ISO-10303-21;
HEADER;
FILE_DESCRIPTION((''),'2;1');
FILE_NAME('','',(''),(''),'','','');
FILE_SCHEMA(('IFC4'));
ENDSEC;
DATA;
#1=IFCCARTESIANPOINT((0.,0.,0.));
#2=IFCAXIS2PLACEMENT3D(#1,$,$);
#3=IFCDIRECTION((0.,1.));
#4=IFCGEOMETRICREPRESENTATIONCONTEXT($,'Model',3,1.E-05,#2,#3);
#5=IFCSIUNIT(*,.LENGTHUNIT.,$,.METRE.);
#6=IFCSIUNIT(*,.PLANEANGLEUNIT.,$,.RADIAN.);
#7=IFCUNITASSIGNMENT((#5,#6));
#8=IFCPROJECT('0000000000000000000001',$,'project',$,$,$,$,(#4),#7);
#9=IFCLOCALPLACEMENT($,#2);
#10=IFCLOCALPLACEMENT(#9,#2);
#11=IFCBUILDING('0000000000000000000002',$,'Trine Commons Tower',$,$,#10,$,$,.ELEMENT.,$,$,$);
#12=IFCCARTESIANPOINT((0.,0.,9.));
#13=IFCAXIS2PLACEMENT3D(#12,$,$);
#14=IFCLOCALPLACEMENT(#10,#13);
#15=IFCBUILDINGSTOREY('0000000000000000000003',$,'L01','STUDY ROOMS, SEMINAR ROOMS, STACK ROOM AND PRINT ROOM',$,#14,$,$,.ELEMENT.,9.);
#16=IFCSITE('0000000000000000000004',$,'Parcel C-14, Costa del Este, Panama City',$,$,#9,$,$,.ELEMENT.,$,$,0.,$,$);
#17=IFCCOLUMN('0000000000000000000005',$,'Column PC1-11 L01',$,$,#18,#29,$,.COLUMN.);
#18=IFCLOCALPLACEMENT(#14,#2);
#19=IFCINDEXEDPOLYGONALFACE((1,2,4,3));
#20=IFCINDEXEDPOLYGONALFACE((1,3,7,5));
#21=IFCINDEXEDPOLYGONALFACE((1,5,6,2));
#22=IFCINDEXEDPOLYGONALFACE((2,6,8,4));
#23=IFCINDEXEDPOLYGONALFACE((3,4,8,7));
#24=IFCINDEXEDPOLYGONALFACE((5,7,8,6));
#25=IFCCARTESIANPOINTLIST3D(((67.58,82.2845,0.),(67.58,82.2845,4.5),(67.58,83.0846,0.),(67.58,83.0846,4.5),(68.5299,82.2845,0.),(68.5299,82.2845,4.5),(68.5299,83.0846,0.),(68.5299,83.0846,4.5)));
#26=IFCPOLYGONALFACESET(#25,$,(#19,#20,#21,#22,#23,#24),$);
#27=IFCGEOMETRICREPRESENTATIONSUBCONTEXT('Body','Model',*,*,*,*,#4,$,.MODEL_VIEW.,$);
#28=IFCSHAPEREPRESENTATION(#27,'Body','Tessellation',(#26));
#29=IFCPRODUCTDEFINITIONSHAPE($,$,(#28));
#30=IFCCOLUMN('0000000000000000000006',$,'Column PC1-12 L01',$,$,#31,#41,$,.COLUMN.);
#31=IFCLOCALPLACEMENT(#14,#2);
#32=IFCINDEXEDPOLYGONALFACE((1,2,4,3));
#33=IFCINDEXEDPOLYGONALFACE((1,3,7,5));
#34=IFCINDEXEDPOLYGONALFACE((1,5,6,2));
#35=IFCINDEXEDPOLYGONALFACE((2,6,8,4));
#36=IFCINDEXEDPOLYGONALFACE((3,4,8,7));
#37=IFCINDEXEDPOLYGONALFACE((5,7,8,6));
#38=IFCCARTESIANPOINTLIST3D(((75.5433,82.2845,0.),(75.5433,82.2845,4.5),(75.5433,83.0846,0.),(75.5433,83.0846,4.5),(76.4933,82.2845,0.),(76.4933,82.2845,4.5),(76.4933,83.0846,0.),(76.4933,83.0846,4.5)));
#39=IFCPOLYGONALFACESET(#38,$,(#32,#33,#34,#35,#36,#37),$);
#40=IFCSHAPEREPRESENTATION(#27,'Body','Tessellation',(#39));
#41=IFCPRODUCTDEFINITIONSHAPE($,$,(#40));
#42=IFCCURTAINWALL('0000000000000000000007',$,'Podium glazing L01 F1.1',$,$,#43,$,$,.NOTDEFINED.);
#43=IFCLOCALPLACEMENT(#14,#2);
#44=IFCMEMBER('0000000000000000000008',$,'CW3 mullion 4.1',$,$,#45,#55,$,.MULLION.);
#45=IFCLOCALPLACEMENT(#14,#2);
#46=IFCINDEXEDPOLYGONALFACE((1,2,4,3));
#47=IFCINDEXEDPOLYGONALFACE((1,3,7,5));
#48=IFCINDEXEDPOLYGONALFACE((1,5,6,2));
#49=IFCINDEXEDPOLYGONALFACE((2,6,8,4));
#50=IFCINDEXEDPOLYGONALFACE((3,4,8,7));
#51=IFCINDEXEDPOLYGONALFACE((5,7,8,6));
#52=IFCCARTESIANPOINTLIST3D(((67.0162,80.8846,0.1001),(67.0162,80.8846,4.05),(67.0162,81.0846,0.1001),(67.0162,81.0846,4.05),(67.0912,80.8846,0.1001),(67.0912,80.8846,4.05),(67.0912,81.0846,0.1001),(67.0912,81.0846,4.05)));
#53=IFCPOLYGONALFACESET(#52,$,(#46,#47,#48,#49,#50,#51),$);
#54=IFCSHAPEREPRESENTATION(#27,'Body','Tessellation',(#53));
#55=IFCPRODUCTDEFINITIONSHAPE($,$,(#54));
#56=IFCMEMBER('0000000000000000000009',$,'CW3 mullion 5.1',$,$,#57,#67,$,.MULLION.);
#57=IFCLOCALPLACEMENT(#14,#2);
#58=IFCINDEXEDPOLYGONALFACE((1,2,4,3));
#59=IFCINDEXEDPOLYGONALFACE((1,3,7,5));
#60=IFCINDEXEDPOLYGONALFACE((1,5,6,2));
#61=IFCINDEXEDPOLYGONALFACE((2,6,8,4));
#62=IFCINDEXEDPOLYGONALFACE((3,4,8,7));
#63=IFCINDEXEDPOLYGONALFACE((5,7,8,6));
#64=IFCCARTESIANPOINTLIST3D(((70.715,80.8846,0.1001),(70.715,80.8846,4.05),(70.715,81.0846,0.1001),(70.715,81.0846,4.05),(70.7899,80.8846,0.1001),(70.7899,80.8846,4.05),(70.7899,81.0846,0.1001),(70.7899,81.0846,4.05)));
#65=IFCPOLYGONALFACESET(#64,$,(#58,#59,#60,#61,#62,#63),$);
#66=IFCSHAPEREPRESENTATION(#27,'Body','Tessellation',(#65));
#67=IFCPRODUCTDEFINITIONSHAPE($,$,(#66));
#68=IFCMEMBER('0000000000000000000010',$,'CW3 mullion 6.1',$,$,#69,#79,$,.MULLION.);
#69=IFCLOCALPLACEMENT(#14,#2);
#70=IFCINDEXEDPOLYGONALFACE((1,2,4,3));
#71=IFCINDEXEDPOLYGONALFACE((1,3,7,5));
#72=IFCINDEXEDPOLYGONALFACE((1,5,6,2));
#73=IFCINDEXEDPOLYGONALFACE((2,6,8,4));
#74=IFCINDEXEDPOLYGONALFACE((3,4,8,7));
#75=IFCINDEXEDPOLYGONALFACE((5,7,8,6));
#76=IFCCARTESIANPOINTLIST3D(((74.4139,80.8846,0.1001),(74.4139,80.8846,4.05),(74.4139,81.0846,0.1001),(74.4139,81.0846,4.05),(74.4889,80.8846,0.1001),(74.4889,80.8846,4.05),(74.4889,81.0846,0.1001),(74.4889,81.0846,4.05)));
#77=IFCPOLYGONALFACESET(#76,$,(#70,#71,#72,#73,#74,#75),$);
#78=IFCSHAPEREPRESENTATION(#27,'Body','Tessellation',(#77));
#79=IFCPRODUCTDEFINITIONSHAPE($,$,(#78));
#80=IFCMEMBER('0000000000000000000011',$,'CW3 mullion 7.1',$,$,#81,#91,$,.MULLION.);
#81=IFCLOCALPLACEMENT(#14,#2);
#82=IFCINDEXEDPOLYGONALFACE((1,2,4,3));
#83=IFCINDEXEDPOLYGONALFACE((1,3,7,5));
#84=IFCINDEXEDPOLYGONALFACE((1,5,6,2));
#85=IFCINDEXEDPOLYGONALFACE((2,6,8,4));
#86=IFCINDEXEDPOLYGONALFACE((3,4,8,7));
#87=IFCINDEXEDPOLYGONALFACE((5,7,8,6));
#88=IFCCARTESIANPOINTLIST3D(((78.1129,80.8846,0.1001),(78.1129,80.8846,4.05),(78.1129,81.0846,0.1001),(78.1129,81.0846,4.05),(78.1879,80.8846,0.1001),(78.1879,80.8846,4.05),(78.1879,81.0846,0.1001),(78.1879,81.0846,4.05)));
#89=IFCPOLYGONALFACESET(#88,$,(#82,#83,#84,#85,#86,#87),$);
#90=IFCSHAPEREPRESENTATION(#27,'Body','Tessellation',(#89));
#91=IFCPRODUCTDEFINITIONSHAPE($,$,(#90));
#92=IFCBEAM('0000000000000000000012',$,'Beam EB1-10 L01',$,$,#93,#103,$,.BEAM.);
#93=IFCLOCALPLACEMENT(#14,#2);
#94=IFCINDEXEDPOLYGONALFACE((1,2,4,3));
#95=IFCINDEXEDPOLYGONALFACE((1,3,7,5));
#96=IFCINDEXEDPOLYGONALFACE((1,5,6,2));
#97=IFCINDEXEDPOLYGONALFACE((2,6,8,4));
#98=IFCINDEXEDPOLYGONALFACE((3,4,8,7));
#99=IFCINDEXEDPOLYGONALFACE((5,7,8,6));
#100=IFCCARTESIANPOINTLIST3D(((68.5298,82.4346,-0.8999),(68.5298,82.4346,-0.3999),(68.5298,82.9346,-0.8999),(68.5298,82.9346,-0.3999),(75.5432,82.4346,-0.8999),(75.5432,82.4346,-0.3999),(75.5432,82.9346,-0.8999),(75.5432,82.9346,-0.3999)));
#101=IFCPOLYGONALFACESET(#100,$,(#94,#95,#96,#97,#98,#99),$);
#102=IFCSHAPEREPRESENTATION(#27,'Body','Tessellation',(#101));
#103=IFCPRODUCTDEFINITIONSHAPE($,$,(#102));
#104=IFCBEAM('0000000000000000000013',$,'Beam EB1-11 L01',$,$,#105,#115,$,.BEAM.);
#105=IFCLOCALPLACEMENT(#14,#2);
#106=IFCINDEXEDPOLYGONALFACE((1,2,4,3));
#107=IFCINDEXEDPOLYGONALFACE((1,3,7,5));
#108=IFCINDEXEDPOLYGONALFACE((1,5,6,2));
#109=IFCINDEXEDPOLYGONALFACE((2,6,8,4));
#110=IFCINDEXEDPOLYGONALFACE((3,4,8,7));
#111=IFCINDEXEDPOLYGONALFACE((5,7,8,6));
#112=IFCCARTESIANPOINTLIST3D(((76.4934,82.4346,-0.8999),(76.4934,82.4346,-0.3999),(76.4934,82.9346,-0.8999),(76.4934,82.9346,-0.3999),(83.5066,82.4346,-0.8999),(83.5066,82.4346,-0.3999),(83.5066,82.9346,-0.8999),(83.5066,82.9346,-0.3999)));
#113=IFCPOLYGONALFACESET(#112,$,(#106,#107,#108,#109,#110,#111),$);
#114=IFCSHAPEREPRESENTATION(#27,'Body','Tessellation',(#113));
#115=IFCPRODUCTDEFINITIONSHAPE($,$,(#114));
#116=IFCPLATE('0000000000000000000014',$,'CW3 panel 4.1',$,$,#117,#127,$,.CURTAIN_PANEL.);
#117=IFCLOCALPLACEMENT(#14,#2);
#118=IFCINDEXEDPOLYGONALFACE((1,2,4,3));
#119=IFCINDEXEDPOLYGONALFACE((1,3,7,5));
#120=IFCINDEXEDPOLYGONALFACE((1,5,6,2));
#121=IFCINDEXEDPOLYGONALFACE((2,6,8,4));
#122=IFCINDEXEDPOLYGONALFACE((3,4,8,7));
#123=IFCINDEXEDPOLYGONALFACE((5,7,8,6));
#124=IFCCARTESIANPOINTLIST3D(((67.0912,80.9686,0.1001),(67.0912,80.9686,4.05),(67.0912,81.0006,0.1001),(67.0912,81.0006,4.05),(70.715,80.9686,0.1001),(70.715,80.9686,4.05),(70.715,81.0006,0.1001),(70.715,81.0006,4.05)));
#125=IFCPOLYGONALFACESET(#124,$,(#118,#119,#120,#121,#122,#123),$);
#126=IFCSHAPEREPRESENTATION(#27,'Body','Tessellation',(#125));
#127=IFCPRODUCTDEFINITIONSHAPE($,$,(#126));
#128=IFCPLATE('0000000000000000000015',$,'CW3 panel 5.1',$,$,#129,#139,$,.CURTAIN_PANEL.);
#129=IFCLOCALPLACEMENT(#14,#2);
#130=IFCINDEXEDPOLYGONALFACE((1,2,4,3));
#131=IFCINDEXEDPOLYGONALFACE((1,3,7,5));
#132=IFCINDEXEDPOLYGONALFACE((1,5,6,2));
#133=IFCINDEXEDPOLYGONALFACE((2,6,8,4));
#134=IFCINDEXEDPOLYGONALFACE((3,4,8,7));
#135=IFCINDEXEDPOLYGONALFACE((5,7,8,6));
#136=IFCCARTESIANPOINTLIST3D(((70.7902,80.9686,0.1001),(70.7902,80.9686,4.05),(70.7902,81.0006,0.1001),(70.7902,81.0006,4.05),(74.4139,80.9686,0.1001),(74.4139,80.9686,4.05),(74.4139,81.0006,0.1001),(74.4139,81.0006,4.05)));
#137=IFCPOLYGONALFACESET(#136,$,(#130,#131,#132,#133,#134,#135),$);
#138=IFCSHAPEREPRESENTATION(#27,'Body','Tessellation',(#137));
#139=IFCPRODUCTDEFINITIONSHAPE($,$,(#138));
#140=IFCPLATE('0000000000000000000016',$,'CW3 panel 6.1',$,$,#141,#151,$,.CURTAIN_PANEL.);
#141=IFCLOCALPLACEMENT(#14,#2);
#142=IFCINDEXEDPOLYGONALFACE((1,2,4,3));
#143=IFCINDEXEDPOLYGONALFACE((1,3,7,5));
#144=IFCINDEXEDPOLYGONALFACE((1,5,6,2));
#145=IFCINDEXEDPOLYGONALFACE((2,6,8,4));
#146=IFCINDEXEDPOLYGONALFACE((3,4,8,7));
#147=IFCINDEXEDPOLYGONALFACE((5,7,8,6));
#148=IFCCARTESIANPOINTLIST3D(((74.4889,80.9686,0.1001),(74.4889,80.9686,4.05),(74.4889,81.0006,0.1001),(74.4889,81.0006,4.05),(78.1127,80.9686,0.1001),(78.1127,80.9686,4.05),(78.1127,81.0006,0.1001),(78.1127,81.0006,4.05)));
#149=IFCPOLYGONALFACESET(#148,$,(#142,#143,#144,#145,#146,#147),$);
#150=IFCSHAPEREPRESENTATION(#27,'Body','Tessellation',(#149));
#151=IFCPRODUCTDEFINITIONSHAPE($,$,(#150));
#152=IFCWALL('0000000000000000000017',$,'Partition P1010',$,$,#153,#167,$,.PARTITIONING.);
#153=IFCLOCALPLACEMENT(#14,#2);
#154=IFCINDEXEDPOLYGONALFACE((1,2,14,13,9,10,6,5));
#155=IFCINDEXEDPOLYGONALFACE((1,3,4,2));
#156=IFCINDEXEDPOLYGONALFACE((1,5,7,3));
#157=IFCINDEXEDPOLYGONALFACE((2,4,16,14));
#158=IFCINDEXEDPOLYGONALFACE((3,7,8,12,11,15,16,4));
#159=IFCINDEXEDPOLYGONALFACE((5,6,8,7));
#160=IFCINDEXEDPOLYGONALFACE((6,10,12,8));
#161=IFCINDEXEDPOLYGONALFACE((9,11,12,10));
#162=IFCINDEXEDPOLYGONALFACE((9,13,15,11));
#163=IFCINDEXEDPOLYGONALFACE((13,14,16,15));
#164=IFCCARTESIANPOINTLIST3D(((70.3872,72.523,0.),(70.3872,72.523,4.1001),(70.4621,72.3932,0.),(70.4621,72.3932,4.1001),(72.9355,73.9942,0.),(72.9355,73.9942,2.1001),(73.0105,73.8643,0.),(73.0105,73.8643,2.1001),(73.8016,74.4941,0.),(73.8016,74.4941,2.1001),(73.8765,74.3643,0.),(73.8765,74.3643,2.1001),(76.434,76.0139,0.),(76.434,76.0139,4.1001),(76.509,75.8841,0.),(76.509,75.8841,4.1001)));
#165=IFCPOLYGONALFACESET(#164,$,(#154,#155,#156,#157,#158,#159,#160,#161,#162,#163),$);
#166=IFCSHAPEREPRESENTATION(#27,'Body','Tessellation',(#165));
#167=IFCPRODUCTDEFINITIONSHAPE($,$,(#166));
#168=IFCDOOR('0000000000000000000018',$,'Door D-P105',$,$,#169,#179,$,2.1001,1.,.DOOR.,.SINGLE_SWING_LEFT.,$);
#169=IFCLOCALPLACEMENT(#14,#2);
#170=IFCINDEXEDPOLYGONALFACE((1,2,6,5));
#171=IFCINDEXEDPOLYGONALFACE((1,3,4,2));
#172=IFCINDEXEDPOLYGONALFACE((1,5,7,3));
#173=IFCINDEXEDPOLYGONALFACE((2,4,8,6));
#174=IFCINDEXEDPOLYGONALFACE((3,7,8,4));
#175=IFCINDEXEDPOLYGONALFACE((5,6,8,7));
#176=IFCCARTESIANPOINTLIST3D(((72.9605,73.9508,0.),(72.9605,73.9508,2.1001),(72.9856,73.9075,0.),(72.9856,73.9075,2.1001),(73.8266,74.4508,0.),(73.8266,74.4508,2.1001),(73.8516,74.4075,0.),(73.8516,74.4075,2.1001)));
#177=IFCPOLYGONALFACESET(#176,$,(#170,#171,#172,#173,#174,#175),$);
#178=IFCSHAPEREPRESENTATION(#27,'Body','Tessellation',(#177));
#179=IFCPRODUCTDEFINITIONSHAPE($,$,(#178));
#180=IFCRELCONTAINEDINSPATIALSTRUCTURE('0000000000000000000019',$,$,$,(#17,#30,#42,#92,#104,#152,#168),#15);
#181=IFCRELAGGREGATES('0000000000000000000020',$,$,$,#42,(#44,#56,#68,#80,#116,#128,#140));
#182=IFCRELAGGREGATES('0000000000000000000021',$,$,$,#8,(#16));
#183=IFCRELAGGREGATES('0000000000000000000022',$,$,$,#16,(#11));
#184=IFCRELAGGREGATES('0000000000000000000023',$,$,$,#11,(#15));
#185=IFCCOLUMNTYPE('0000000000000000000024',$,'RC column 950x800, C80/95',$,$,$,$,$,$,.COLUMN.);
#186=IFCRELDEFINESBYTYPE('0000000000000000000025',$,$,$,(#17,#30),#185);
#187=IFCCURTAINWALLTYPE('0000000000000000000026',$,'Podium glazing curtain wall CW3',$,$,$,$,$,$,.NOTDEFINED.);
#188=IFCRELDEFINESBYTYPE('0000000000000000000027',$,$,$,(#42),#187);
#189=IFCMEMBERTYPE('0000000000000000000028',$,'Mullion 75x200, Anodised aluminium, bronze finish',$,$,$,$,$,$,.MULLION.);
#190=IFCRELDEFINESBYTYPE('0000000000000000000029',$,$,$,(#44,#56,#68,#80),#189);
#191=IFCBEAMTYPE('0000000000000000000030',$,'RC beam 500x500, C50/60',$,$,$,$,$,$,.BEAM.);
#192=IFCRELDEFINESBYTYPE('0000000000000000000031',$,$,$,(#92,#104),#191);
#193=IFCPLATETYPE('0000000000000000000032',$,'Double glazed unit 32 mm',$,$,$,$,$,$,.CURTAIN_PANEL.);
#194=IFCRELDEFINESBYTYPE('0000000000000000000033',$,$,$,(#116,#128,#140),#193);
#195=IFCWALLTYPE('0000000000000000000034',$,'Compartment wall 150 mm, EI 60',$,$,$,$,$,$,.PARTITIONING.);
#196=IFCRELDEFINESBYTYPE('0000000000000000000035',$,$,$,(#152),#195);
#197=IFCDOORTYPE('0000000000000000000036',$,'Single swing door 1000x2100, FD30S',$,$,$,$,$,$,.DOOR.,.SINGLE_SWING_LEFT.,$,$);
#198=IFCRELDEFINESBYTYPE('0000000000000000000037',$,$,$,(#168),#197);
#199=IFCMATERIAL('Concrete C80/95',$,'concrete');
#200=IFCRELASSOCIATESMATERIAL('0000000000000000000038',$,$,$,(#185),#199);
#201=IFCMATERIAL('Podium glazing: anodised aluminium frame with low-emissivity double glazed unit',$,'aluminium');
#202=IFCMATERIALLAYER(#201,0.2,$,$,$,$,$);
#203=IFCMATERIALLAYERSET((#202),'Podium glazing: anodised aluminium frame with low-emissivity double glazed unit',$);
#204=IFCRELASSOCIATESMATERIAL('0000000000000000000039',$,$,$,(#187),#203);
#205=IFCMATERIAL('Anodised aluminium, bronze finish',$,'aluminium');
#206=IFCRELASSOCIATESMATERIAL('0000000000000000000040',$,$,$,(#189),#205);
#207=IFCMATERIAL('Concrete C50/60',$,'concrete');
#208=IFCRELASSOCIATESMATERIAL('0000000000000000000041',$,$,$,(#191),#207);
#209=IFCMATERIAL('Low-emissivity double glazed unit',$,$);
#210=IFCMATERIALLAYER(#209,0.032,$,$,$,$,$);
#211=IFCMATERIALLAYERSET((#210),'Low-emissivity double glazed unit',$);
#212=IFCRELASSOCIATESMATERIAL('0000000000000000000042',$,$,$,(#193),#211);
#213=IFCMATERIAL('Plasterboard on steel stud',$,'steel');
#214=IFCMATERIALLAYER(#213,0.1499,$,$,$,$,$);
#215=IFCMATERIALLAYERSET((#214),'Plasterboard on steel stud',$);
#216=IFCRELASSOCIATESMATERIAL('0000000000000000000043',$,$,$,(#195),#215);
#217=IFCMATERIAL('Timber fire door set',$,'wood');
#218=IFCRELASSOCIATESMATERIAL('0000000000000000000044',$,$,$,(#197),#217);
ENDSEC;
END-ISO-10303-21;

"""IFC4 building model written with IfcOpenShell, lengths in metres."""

from ifc_helpers import new_model, si_unit, direction, frame, frame_2d, origin, origin_2d, place, context, subcontext, project, spatial, rectangle, extrude, material, layer, layer_set, material_profile, profile_set, type_object, element, fill, aggregate, save


model = new_model("IFC4")

# Units and contexts
model_context = context("Model", 3, precision=1e-05, world=origin(), true_north=direction((0.0, 1.0)))
body_context = subcontext(model_context, "Body", "Model", "MODEL_VIEW")
ifc_project = project(units=[si_unit("LENGTHUNIT", "METRE"), si_unit("PLANEANGLEUNIT", "RADIAN")], contexts=[model_context])

# Site, building, storey
site_placement = place(None, origin())
site = spatial("IfcSite", under=ifc_project, at=site_placement, Name="Parcel C-14, Costa del Este, Panama City", CompositionType="ELEMENT", RefElevation=0.0)
building_placement = place(site_placement, origin())
building = spatial("IfcBuilding", under=site, at=building_placement, Name="Trine Commons Tower", CompositionType="ELEMENT")
storey_placement = place(building_placement, frame((0.0, 0.0, 9.0)))
storey = spatial("IfcBuildingStorey", under=building, at=storey_placement, Name="L01", Description="STUDY ROOMS, SEMINAR ROOMS, STACK ROOM AND PRINT ROOM", CompositionType="ELEMENT", Elevation=9.0)

# Columns
ifc_material_1 = material(Name="Concrete C80/95", Category="concrete")
ifc_material_profile_1 = material_profile(ifc_material_1, rectangle(XDim=0.95, YDim=0.8, at=origin_2d()), Name="RC 950x800")
ifc_profile_set_1 = profile_set([ifc_material_profile_1], Name="Concrete C80/95")
column_type = type_object("IfcColumnType", Name="RC column 950x800, C80/95", PredefinedType="COLUMN", material=ifc_profile_set_1)
for number, where, z_axis, x_axis, name in (
    (1, (68.0549, 82.6846, 0.0), (0.0, 0.0, 1.0), (1.0, 0.0, 0.0), "Column PC1-11 L01"),
    (2, (76.0183, 82.6846, 0.0), (0.0, 0.0, 1.0), (1.0, 0.0, 0.0), "Column PC1-12 L01"),
):
    element("IfcColumn", number, at=place(storey_placement, frame(where, z_axis=z_axis, x_axis=x_axis)), inside=storey, type_object=column_type, Name=name, PredefinedType="COLUMN", context=body_context, shape_type="SweptSolid", body=[
        extrude(rectangle(XDim=0.95, YDim=0.8, at=origin_2d()), origin(), (0.0, 0.0, 1.0), 4.5),
    ])

# Curtain wall, members
ifc_material_2 = material(Name="Podium glazing: anodised aluminium frame with low-emissivity double glazed unit", Category="aluminium")
ifc_layer_1 = layer(ifc_material_2, 0.2)
ifc_layer_set_1 = layer_set([ifc_layer_1], Name="Podium glazing: anodised aluminium frame with low-emissivity double glazed unit")
curtain_wall_type = type_object("IfcCurtainWallType", Name="Podium glazing curtain wall CW3", PredefinedType="NOTDEFINED", material=ifc_layer_set_1)
curtain_wall_placement = place(storey_placement, origin())
curtain_wall = element("IfcCurtainWall", 3, at=curtain_wall_placement, inside=storey, type_object=curtain_wall_type, Name="Podium glazing L01 F1.1", PredefinedType="NOTDEFINED")
ifc_material_3 = material(Name="Anodised aluminium, bronze finish", Category="aluminium")
ifc_material_profile_2 = material_profile(ifc_material_3, rectangle(XDim=0.2, YDim=0.075, at=origin_2d()), Name="Mullion 75x200")
ifc_profile_set_2 = profile_set([ifc_material_profile_2], Name="Anodised aluminium, bronze finish")
member_type = type_object("IfcMemberType", Name="Mullion 75x200, Anodised aluminium, bronze finish", PredefinedType="MULLION", material=ifc_profile_set_2)
member_1_placement = place(storey_placement, frame((67.0537, 80.9846, 0.1001), z_axis=(0.0, 0.0, 1.0), x_axis=(0.0, 1.0, 0.0)))
member_1 = element("IfcMember", 4, at=member_1_placement, type_object=member_type, Name="CW3 mullion 4.1", PredefinedType="MULLION", context=body_context, shape_type="SweptSolid", body=[
    extrude(rectangle(XDim=0.2, YDim=0.075, at=origin_2d()), origin(), (0.0, 0.0, 1.0), 3.95),
])
member_2_placement = place(storey_placement, frame((70.7524, 80.9846, 0.1001), z_axis=(0.0, 0.0, 1.0), x_axis=(0.0, 1.0, 0.0)))
member_2 = element("IfcMember", 5, at=member_2_placement, type_object=member_type, Name="CW3 mullion 5.1", PredefinedType="MULLION", context=body_context, shape_type="SweptSolid", body=[
    extrude(rectangle(XDim=0.2, YDim=0.075, at=origin_2d()), origin(), (0.0, 0.0, 1.0), 3.95),
])
member_3_placement = place(storey_placement, frame((74.4514, 80.9846, 0.1001), z_axis=(0.0, 0.0, 1.0), x_axis=(0.0, 1.0, 0.0)))
member_3 = element("IfcMember", 6, at=member_3_placement, type_object=member_type, Name="CW3 mullion 6.1", PredefinedType="MULLION", context=body_context, shape_type="SweptSolid", body=[
    extrude(rectangle(XDim=0.2, YDim=0.075, at=origin_2d()), origin(), (0.0, 0.0, 1.0), 3.95),
])
member_4_placement = place(storey_placement, frame((78.1504, 80.9846, 0.1001), z_axis=(0.0, 0.0, 1.0), x_axis=(0.0, 1.0, 0.0)))
member_4 = element("IfcMember", 7, at=member_4_placement, type_object=member_type, Name="CW3 mullion 7.1", PredefinedType="MULLION", context=body_context, shape_type="SweptSolid", body=[
    extrude(rectangle(XDim=0.2, YDim=0.075, at=origin_2d()), origin(), (0.0, 0.0, 1.0), 3.95),
])

# Beams
ifc_material_4 = material(Name="Concrete C50/60", Category="concrete")
ifc_material_profile_3 = material_profile(ifc_material_4, rectangle(XDim=0.5, YDim=0.5, at=origin_2d()), Name="RC 500x500")
ifc_profile_set_3 = profile_set([ifc_material_profile_3], Name="Concrete C50/60")
beam_type = type_object("IfcBeamType", Name="RC beam 500x500, C50/60", PredefinedType="BEAM", material=ifc_profile_set_3)
beam_1_placement = place(storey_placement, frame((68.5298, 82.6846, -0.6499), z_axis=(1.0, 0.0, 0.0), x_axis=(0.0, 1.0, 0.0)))
element("IfcBeam", 8, at=beam_1_placement, inside=storey, type_object=beam_type, Name="Beam EB1-10 L01", PredefinedType="BEAM", context=body_context, shape_type="SweptSolid", body=[
    extrude(rectangle(XDim=0.5, YDim=0.5, at=origin_2d()), origin(), (0.0, 0.0, 1.0), 7.0134),
])
beam_2_placement = place(storey_placement, frame((76.4934, 82.6846, -0.6499), z_axis=(1.0, 0.0, 0.0), x_axis=(0.0, 1.0, 0.0)))
element("IfcBeam", 9, at=beam_2_placement, inside=storey, type_object=beam_type, Name="Beam EB1-11 L01", PredefinedType="BEAM", context=body_context, shape_type="SweptSolid", body=[
    extrude(rectangle(XDim=0.5, YDim=0.5, at=origin_2d()), origin(), (0.0, 0.0, 1.0), 7.0132),
])

# Plates
ifc_material_5 = material(Name="Low-emissivity double glazed unit")
ifc_layer_2 = layer(ifc_material_5, 0.032)
ifc_layer_set_2 = layer_set([ifc_layer_2], Name="Low-emissivity double glazed unit")
plate_type = type_object("IfcPlateType", Name="Double glazed unit 32 mm", PredefinedType="CURTAIN_PANEL", material=ifc_layer_set_2)
plate_1_placement = place(storey_placement, frame((68.9031, 80.9846, 0.1001), z_axis=(0.0, 0.0, 1.0), x_axis=(1.0, 0.0, 0.0)))
plate_1 = element("IfcPlate", 10, at=plate_1_placement, type_object=plate_type, Name="CW3 panel 4.1", PredefinedType="CURTAIN_PANEL", context=body_context, shape_type="SweptSolid", body=[
    extrude(rectangle(XDim=3.6238, YDim=0.032, at=origin_2d()), origin(), (0.0, 0.0, 1.0), 3.95),
])
plate_2_placement = place(storey_placement, frame((72.6021, 80.9846, 0.1001), z_axis=(0.0, 0.0, 1.0), x_axis=(1.0, 0.0, 0.0)))
plate_2 = element("IfcPlate", 11, at=plate_2_placement, type_object=plate_type, Name="CW3 panel 5.1", PredefinedType="CURTAIN_PANEL", context=body_context, shape_type="SweptSolid", body=[
    extrude(rectangle(XDim=3.6238, YDim=0.032, at=origin_2d()), origin(), (0.0, 0.0, 1.0), 3.95),
])
plate_3_placement = place(storey_placement, frame((76.3008, 80.9846, 0.1001), z_axis=(0.0, 0.0, 1.0), x_axis=(1.0, 0.0, 0.0)))
plate_3 = element("IfcPlate", 12, at=plate_3_placement, type_object=plate_type, Name="CW3 panel 6.1", PredefinedType="CURTAIN_PANEL", context=body_context, shape_type="SweptSolid", body=[
    extrude(rectangle(XDim=3.6238, YDim=0.032, at=origin_2d()), origin(), (0.0, 0.0, 1.0), 3.95),
])
aggregate(curtain_wall, [member_1, member_2, member_3, member_4, plate_1, plate_2, plate_3])

# Wall, opening, door
ifc_material_6 = material(Name="Plasterboard on steel stud", Category="steel")
ifc_layer_3 = layer(ifc_material_6, 0.1499)
ifc_layer_set_3 = layer_set([ifc_layer_3], Name="Plasterboard on steel stud")
wall_type_1 = type_object("IfcWallType", Name="Compartment wall 150 mm, EI 60", PredefinedType="PARTITIONING", material=ifc_layer_set_3)
wall_1_placement = place(storey_placement, frame((70.4246, 72.458, 0.0), z_axis=(0.0, 0.0, 1.0), x_axis=(0.866038, 0.499979, 0.0)))
wall_1 = element("IfcWall", 13, at=wall_1_placement, inside=storey, type_object=wall_type_1, Name="Partition P1010", PredefinedType="PARTITIONING", context=body_context, shape_type="SweptSolid", body=[
    extrude(rectangle(XDim=6.9822, YDim=0.1499, at=frame_2d((3.4912, 0.0))), origin(), (0.0, 0.0, 1.0), 4.1001),
])
opening_1_placement = place(wall_1_placement, frame((2.9426, 0.0, 0.0)))
opening_1 = element("IfcOpeningElement", 14, at=opening_1_placement, cuts=wall_1, PredefinedType="OPENING", context=body_context, shape_type="SweptSolid", body=[
    extrude(rectangle(XDim=1.0, YDim=2.1001, at=frame_2d((0.5, 1.05))), frame((0.0, 0.085, 0.0), z_axis=(0.0, -1.0, 0.0), x_axis=(1.0, 0.0, 0.0)), (0.0, 0.0, 1.0), 0.1699),
])
ifc_material_7 = material(Name="Timber fire door set", Category="wood")
door_type_1 = type_object("IfcDoorType", Name="Single swing door 1000x2100, FD30S", OperationType="SINGLE_SWING_LEFT", PredefinedType="DOOR", material=ifc_material_7)
door_1_placement = place(opening_1_placement, origin())
door_1 = element("IfcDoor", 15, at=door_1_placement, inside=storey, type_object=door_type_1, Name="Door D-P105", OperationType="SINGLE_SWING_LEFT", OverallHeight=2.1001, OverallWidth=1.0, PredefinedType="DOOR", context=body_context, shape_type="SweptSolid", body=[
    extrude(rectangle(XDim=1.0, YDim=2.1001, at=frame_2d((0.5, 1.05))), frame((0.0, 0.0249, 0.0), z_axis=(0.0, -1.0, 0.0), x_axis=(1.0, 0.0, 0.0)), (0.0, 0.0, 1.0), 0.05),
])
fill(opening_1, door_1)

save(model, "model.ifc")
